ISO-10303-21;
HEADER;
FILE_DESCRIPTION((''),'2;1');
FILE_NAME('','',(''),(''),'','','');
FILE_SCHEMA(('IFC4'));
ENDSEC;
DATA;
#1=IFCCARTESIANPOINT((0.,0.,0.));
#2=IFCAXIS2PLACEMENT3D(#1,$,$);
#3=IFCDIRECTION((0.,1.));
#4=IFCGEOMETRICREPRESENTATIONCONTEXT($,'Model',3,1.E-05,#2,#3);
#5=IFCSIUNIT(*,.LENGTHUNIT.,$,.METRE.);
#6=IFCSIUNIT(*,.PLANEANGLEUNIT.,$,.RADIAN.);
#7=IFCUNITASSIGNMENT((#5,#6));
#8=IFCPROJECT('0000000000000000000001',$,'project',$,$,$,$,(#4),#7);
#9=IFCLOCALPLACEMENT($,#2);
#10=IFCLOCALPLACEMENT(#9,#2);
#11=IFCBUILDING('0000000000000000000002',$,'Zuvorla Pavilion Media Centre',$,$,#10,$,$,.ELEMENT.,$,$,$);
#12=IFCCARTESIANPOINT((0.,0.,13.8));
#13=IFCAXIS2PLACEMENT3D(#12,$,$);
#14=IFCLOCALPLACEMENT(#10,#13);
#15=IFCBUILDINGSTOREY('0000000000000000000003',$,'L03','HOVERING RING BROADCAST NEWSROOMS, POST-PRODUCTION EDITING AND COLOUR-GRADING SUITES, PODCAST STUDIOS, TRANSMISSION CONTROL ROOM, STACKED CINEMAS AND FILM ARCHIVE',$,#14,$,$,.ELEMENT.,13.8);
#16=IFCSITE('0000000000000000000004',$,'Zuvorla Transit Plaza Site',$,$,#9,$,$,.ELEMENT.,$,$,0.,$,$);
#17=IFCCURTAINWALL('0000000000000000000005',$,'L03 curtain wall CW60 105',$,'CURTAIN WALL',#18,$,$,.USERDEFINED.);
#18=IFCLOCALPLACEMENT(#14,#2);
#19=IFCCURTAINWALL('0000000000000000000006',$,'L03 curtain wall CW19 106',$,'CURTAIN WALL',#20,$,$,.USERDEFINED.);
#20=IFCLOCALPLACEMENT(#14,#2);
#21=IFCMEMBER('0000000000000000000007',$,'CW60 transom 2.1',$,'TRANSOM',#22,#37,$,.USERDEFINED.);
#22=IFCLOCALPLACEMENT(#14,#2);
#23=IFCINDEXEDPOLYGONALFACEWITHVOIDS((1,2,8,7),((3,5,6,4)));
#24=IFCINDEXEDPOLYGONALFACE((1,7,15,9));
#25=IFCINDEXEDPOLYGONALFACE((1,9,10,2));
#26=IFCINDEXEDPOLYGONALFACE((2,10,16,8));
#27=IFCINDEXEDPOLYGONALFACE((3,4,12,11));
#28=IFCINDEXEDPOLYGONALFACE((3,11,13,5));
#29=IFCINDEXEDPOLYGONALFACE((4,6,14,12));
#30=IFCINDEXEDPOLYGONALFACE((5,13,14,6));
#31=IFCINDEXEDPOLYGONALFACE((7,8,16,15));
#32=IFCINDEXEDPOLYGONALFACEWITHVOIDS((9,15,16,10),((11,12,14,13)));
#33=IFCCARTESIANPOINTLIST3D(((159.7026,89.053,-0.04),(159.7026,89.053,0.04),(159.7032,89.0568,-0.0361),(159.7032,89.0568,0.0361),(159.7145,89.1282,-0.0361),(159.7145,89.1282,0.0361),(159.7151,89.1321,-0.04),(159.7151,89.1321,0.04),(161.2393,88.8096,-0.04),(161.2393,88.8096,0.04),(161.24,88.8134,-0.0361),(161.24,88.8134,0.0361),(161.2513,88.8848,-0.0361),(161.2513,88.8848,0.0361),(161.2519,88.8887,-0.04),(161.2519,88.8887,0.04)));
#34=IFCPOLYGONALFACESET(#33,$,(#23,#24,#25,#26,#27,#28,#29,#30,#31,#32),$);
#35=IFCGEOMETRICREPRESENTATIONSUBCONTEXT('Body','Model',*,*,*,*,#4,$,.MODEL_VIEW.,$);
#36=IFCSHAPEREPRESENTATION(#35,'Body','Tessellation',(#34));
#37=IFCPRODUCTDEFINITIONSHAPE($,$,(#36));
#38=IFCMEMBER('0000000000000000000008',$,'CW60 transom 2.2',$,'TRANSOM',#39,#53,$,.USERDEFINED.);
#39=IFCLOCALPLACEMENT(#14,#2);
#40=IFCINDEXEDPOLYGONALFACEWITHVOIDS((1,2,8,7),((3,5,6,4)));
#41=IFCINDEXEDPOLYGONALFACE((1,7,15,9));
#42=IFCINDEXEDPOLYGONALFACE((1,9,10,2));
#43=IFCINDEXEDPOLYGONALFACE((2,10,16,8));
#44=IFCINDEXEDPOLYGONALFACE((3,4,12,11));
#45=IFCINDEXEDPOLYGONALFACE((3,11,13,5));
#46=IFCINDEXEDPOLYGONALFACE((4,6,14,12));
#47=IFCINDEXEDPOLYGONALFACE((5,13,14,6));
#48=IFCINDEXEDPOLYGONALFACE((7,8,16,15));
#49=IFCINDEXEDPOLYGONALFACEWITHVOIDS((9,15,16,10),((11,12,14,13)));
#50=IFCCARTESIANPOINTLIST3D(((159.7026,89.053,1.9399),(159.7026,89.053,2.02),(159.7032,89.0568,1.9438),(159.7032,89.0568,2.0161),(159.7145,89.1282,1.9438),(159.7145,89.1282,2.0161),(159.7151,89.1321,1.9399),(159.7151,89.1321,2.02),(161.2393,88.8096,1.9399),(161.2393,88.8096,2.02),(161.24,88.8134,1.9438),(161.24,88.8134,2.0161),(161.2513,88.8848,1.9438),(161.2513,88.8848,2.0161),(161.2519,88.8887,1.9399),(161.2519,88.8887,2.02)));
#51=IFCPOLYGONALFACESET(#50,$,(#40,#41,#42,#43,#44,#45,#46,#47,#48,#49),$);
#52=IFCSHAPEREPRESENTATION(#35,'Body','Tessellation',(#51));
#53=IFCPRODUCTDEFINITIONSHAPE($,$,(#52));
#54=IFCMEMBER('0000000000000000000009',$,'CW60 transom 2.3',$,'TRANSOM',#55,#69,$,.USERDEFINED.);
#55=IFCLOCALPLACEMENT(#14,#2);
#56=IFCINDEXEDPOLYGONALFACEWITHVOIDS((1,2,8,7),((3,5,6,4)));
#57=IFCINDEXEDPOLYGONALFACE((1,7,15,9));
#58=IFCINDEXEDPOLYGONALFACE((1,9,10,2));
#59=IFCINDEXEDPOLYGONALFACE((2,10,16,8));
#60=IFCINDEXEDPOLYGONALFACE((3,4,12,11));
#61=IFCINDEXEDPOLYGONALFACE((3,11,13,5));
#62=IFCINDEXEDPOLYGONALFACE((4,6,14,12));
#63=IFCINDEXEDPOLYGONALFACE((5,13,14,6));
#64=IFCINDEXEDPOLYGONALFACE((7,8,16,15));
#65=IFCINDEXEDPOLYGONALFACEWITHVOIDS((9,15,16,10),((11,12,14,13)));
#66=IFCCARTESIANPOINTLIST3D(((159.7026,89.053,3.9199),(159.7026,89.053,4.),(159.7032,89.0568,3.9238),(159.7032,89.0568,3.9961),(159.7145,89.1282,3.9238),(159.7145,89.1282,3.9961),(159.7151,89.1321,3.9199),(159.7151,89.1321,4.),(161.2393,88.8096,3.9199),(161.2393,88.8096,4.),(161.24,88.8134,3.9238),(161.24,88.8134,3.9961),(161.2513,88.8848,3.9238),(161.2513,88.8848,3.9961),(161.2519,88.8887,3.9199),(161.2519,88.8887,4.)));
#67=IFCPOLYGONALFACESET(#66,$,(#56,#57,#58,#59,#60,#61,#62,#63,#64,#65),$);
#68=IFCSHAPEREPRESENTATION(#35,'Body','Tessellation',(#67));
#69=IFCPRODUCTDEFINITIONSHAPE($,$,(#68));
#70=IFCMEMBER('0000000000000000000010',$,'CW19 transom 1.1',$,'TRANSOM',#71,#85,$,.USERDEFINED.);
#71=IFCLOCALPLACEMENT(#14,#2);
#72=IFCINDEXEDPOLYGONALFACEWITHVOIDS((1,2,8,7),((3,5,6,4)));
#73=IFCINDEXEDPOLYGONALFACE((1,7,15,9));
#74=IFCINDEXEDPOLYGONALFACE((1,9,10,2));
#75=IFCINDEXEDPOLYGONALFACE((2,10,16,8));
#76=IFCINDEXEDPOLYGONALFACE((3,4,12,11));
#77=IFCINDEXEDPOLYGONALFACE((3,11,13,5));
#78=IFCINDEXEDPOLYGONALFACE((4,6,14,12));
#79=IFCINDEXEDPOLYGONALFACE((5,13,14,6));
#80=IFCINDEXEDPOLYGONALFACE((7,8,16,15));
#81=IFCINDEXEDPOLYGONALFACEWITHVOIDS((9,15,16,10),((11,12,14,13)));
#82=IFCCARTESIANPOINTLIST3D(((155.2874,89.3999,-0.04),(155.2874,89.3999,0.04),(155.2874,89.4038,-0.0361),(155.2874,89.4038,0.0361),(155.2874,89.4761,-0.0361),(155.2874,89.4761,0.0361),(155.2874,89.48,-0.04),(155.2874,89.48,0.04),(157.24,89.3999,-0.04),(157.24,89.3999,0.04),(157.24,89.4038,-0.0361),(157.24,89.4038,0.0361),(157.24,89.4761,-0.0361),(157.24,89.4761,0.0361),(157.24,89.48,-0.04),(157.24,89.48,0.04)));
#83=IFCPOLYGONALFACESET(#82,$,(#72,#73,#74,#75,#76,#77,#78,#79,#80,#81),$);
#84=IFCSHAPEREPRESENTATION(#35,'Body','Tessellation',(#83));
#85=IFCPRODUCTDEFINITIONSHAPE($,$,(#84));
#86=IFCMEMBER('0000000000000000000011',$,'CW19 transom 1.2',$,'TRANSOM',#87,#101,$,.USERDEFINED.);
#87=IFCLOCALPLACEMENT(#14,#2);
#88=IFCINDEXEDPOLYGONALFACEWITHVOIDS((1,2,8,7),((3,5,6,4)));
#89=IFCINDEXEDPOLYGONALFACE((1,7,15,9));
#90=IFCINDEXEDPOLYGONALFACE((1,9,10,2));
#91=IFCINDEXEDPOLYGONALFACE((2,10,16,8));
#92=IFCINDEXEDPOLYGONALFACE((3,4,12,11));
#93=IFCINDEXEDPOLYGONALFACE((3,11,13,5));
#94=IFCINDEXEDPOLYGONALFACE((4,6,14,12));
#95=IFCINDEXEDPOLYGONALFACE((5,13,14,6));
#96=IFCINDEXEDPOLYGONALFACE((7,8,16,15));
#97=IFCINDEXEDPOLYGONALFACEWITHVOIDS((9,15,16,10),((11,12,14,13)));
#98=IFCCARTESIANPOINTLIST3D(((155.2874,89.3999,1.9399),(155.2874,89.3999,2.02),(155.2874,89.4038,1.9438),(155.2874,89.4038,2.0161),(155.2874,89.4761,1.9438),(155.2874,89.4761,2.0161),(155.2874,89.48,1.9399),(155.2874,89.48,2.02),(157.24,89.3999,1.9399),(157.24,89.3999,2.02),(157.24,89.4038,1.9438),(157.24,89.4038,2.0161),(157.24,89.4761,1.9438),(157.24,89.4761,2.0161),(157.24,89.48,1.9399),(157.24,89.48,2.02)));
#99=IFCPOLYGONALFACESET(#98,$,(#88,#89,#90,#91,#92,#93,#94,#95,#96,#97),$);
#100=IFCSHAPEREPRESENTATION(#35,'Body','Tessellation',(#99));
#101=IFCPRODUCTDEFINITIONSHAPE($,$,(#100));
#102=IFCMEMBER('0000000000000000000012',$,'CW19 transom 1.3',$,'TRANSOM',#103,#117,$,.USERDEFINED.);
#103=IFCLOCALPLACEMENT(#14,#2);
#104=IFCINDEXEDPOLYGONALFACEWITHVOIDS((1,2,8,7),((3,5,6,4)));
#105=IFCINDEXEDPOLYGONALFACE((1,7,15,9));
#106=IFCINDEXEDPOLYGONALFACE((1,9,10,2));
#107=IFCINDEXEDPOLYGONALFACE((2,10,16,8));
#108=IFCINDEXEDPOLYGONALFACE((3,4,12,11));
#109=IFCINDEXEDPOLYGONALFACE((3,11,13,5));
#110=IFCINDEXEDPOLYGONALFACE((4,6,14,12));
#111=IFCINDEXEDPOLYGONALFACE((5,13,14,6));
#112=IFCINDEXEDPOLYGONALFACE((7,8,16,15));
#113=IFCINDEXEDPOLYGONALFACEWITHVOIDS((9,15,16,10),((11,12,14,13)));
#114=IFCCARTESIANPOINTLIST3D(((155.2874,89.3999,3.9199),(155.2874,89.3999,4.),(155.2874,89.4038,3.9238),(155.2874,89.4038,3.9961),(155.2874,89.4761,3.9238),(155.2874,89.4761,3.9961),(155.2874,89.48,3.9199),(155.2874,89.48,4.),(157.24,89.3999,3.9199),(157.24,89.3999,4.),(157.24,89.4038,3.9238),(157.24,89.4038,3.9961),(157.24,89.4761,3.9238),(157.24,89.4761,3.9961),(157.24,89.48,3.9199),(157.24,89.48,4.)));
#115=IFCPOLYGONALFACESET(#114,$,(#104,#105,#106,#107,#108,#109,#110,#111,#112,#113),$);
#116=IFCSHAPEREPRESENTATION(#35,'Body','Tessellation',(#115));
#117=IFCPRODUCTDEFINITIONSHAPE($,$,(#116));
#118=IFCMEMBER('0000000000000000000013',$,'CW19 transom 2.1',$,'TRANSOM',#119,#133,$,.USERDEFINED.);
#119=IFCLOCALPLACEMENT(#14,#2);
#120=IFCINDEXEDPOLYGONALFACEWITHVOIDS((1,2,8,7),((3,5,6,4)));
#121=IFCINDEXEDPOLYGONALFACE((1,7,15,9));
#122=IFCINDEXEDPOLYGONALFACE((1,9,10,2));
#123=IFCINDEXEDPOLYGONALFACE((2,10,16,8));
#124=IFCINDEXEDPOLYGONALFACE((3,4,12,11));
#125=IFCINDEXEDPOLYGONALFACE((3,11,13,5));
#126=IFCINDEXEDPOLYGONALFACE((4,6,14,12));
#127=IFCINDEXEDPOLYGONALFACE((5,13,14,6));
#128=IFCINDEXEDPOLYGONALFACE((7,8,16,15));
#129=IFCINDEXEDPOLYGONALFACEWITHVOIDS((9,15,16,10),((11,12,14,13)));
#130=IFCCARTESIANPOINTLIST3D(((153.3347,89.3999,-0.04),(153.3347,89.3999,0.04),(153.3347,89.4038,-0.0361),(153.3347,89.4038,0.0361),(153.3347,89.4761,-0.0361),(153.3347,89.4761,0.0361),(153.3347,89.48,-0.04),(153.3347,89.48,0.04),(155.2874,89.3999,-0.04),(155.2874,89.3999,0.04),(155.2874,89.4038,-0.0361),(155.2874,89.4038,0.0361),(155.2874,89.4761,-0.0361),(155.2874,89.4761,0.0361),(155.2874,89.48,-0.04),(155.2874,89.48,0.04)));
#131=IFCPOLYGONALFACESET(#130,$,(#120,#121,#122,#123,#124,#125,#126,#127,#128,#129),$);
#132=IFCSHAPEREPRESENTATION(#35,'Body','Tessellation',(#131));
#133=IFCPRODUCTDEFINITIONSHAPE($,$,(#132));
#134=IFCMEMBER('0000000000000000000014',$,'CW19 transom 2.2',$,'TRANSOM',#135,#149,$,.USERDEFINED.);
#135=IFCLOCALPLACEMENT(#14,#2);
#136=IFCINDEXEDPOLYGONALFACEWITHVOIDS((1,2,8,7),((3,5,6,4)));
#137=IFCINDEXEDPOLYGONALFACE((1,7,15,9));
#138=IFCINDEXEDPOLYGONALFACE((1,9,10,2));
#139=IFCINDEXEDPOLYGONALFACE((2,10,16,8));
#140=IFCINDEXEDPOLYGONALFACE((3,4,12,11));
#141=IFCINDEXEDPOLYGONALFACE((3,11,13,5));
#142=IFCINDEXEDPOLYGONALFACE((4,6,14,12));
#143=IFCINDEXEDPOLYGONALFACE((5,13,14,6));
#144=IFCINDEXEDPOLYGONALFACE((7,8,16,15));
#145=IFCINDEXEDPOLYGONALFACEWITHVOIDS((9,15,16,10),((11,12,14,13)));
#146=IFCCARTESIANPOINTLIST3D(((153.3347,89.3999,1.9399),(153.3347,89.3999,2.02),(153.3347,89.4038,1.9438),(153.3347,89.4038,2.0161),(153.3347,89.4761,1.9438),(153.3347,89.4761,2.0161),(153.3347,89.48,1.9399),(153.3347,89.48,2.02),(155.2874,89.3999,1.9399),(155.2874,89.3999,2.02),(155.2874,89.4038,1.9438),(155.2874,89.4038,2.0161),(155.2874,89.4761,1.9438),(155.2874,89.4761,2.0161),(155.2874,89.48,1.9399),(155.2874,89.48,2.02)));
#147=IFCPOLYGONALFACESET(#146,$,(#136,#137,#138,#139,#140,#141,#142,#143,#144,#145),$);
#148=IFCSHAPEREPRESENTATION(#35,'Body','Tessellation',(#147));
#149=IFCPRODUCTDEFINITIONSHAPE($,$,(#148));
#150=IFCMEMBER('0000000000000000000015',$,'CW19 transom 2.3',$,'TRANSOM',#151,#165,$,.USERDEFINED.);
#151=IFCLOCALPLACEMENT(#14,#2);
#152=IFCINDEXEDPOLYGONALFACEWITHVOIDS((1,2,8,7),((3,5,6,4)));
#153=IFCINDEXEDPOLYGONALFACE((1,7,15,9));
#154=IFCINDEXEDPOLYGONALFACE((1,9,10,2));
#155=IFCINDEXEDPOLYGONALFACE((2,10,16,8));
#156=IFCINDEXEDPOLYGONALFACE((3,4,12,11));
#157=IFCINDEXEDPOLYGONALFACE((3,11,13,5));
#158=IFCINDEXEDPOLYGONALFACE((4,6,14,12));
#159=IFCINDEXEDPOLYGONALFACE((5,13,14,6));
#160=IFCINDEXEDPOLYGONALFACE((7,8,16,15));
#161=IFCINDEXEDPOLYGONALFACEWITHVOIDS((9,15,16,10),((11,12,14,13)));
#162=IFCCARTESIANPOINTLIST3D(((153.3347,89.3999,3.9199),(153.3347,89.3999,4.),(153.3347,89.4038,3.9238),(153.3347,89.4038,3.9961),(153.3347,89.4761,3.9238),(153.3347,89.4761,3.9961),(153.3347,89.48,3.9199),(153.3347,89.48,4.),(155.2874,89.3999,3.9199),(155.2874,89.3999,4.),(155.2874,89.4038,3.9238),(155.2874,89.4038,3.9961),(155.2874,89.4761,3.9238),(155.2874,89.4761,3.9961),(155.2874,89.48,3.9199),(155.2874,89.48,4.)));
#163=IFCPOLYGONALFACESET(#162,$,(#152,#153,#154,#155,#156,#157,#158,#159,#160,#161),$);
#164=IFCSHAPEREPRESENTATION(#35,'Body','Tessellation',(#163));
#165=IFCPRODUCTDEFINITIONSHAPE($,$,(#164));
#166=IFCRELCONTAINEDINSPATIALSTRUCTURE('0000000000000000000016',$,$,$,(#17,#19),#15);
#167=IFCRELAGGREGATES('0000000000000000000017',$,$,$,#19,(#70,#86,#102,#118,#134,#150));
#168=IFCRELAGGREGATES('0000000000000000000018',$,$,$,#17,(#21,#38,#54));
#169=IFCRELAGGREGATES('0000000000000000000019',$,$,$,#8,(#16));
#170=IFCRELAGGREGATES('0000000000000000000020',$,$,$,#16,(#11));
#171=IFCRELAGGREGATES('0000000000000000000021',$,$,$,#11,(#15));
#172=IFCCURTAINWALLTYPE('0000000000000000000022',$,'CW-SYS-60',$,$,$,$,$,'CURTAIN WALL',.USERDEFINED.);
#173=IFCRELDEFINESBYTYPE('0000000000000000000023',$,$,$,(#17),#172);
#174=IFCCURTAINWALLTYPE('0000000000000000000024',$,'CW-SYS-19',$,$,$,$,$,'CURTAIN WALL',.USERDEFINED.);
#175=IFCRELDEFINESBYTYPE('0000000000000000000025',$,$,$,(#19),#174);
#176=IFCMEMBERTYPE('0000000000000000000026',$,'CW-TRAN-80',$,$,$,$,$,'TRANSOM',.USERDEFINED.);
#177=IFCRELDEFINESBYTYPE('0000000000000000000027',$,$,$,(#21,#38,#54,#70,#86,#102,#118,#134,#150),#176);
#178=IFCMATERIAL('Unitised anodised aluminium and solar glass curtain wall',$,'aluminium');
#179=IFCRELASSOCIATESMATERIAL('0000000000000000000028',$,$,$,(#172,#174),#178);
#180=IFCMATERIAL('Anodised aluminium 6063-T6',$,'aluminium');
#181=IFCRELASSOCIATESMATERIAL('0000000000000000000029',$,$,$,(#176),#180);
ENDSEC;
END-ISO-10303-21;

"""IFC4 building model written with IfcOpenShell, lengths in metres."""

from ifc_helpers import new_model, si_unit, direction, frame, origin, origin_2d, place, context, subcontext, project, spatial, hollow_rectangle, extrude, material, material_profile, profile_set, type_object, element, aggregate, save


model = new_model("IFC4")

# Units and contexts
model_context = context("Model", 3, precision=1e-05, world=origin(), true_north=direction((0.0, 1.0)))
body_context = subcontext(model_context, "Body", "Model", "MODEL_VIEW")
ifc_project = project(units=[si_unit("LENGTHUNIT", "METRE"), si_unit("PLANEANGLEUNIT", "RADIAN")], contexts=[model_context])

# Site, building, storey
site_placement = place(None, origin())
site = spatial("IfcSite", under=ifc_project, at=site_placement, Name="Zuvorla Transit Plaza Site", CompositionType="ELEMENT", RefElevation=0.0)
building_placement = place(site_placement, origin())
building = spatial("IfcBuilding", under=site, at=building_placement, Name="Zuvorla Pavilion Media Centre", CompositionType="ELEMENT")
storey_placement = place(building_placement, frame((0.0, 0.0, 13.8)))
storey = spatial("IfcBuildingStorey", under=building, at=storey_placement, Name="L03", Description="HOVERING RING BROADCAST NEWSROOMS, POST-PRODUCTION EDITING AND COLOUR-GRADING SUITES, PODCAST STUDIOS, TRANSMISSION CONTROL ROOM, STACKED CINEMAS AND FILM ARCHIVE", CompositionType="ELEMENT", Elevation=13.8)

# Curtain walls
ifc_material_1 = material(Name="Unitised anodised aluminium and solar glass curtain wall", Category="aluminium")
curtain_wall_type_1 = type_object("IfcCurtainWallType", Name="CW-SYS-60", ElementType="CURTAIN WALL", PredefinedType="USERDEFINED", material=ifc_material_1)
curtain_wall_1_placement = place(storey_placement, origin())
curtain_wall_1 = element("IfcCurtainWall", 1, at=curtain_wall_1_placement, inside=storey, type_object=curtain_wall_type_1, Name="L03 curtain wall CW60 105", ObjectType="CURTAIN WALL", PredefinedType="USERDEFINED")
ifc_material_2 = material(Name="Anodised aluminium 6063-T6", Category="aluminium")
curtain_wall_type_2 = type_object("IfcCurtainWallType", Name="CW-SYS-19", ElementType="CURTAIN WALL", PredefinedType="USERDEFINED", material=ifc_material_1)
curtain_wall_2_placement = place(storey_placement, origin())
curtain_wall_2 = element("IfcCurtainWall", 2, at=curtain_wall_2_placement, inside=storey, type_object=curtain_wall_type_2, Name="L03 curtain wall CW19 106", ObjectType="CURTAIN WALL", PredefinedType="USERDEFINED")

# Members
ifc_material_profile_1 = material_profile(ifc_material_2, hollow_rectangle(XDim=0.0801, YDim=0.0801, WallThickness=0.0039, at=origin_2d()), Name="ALU TRAN 80x80")
ifc_profile_set_1 = profile_set([ifc_material_profile_1], Name="Anodised aluminium 6063-T6")
member_type_1 = type_object("IfcMemberType", Name="CW-TRAN-80", ElementType="TRANSOM", PredefinedType="USERDEFINED", material=ifc_profile_set_1)
member_1_placement = place(storey_placement, frame((161.2456, 88.8491, 0.0), z_axis=(-0.987689, 0.15643, 0.0), x_axis=(-0.15643, -0.987689, 0.0)))
member_1 = element("IfcMember", 3, at=member_1_placement, type_object=member_type_1, Name="CW60 transom 2.1", ObjectType="TRANSOM", PredefinedType="USERDEFINED", context=body_context, shape_type="SweptSolid", body=[
    extrude(hollow_rectangle(XDim=0.0801, YDim=0.0801, WallThickness=0.0039, at=origin_2d()), origin(), (0.0, 0.0, 1.0), 1.5559),
])
member_2_placement = place(storey_placement, frame((161.2456, 88.8491, 1.98), z_axis=(-0.987689, 0.15643, 0.0), x_axis=(-0.15643, -0.987689, 0.0)))
member_2 = element("IfcMember", 4, at=member_2_placement, type_object=member_type_1, Name="CW60 transom 2.2", ObjectType="TRANSOM", PredefinedType="USERDEFINED", context=body_context, shape_type="SweptSolid", body=[
    extrude(hollow_rectangle(XDim=0.0801, YDim=0.0801, WallThickness=0.0039, at=origin_2d()), origin(), (0.0, 0.0, 1.0), 1.5559),
])
member_3_placement = place(storey_placement, frame((161.2456, 88.8491, 3.96), z_axis=(-0.987689, 0.15643, 0.0), x_axis=(-0.15643, -0.987689, 0.0)))
member_3 = element("IfcMember", 5, at=member_3_placement, type_object=member_type_1, Name="CW60 transom 2.3", ObjectType="TRANSOM", PredefinedType="USERDEFINED", context=body_context, shape_type="SweptSolid", body=[
    extrude(hollow_rectangle(XDim=0.0801, YDim=0.0801, WallThickness=0.0039, at=origin_2d()), origin(), (0.0, 0.0, 1.0), 1.5559),
])
member_4_placement = place(storey_placement, frame((157.24, 89.4399, 0.0), z_axis=(-1.0, 0.0, 0.0), x_axis=(0.0, -1.0, 0.0)))
member_4 = element("IfcMember", 6, at=member_4_placement, type_object=member_type_1, Name="CW19 transom 1.1", ObjectType="TRANSOM", PredefinedType="USERDEFINED", context=body_context, shape_type="SweptSolid", body=[
    extrude(hollow_rectangle(XDim=0.0801, YDim=0.0801, WallThickness=0.0039, at=origin_2d()), origin(), (0.0, 0.0, 1.0), 1.9526),
])
member_5_placement = place(storey_placement, frame((157.24, 89.4399, 1.98), z_axis=(-1.0, 0.0, 0.0), x_axis=(0.0, -1.0, 0.0)))
member_5 = element("IfcMember", 7, at=member_5_placement, type_object=member_type_1, Name="CW19 transom 1.2", ObjectType="TRANSOM", PredefinedType="USERDEFINED", context=body_context, shape_type="SweptSolid", body=[
    extrude(hollow_rectangle(XDim=0.0801, YDim=0.0801, WallThickness=0.0039, at=origin_2d()), origin(), (0.0, 0.0, 1.0), 1.9526),
])
member_6_placement = place(storey_placement, frame((157.24, 89.4399, 3.96), z_axis=(-1.0, 0.0, 0.0), x_axis=(0.0, -1.0, 0.0)))
member_6 = element("IfcMember", 8, at=member_6_placement, type_object=member_type_1, Name="CW19 transom 1.3", ObjectType="TRANSOM", PredefinedType="USERDEFINED", context=body_context, shape_type="SweptSolid", body=[
    extrude(hollow_rectangle(XDim=0.0801, YDim=0.0801, WallThickness=0.0039, at=origin_2d()), origin(), (0.0, 0.0, 1.0), 1.9526),
])
member_7_placement = place(storey_placement, frame((155.2874, 89.4399, 0.0), z_axis=(-1.0, 0.0, 0.0), x_axis=(0.0, -1.0, 0.0)))
member_7 = element("IfcMember", 9, at=member_7_placement, type_object=member_type_1, Name="CW19 transom 2.1", ObjectType="TRANSOM", PredefinedType="USERDEFINED", context=body_context, shape_type="SweptSolid", body=[
    extrude(hollow_rectangle(XDim=0.0801, YDim=0.0801, WallThickness=0.0039, at=origin_2d()), origin(), (0.0, 0.0, 1.0), 1.9526),
])
member_8_placement = place(storey_placement, frame((155.2874, 89.4399, 1.98), z_axis=(-1.0, 0.0, 0.0), x_axis=(0.0, -1.0, 0.0)))
member_8 = element("IfcMember", 10, at=member_8_placement, type_object=member_type_1, Name="CW19 transom 2.2", ObjectType="TRANSOM", PredefinedType="USERDEFINED", context=body_context, shape_type="SweptSolid", body=[
    extrude(hollow_rectangle(XDim=0.0801, YDim=0.0801, WallThickness=0.0039, at=origin_2d()), origin(), (0.0, 0.0, 1.0), 1.9526),
])
member_9_placement = place(storey_placement, frame((155.2874, 89.4399, 3.96), z_axis=(-1.0, 0.0, 0.0), x_axis=(0.0, -1.0, 0.0)))
member_9 = element("IfcMember", 11, at=member_9_placement, type_object=member_type_1, Name="CW19 transom 2.3", ObjectType="TRANSOM", PredefinedType="USERDEFINED", context=body_context, shape_type="SweptSolid", body=[
    extrude(hollow_rectangle(XDim=0.0801, YDim=0.0801, WallThickness=0.0039, at=origin_2d()), origin(), (0.0, 0.0, 1.0), 1.9526),
])

aggregate(curtain_wall_2, [member_4, member_5, member_6, member_7, member_8, member_9])
aggregate(curtain_wall_1, [member_1, member_2, member_3])

save(model, "model.ifc")
